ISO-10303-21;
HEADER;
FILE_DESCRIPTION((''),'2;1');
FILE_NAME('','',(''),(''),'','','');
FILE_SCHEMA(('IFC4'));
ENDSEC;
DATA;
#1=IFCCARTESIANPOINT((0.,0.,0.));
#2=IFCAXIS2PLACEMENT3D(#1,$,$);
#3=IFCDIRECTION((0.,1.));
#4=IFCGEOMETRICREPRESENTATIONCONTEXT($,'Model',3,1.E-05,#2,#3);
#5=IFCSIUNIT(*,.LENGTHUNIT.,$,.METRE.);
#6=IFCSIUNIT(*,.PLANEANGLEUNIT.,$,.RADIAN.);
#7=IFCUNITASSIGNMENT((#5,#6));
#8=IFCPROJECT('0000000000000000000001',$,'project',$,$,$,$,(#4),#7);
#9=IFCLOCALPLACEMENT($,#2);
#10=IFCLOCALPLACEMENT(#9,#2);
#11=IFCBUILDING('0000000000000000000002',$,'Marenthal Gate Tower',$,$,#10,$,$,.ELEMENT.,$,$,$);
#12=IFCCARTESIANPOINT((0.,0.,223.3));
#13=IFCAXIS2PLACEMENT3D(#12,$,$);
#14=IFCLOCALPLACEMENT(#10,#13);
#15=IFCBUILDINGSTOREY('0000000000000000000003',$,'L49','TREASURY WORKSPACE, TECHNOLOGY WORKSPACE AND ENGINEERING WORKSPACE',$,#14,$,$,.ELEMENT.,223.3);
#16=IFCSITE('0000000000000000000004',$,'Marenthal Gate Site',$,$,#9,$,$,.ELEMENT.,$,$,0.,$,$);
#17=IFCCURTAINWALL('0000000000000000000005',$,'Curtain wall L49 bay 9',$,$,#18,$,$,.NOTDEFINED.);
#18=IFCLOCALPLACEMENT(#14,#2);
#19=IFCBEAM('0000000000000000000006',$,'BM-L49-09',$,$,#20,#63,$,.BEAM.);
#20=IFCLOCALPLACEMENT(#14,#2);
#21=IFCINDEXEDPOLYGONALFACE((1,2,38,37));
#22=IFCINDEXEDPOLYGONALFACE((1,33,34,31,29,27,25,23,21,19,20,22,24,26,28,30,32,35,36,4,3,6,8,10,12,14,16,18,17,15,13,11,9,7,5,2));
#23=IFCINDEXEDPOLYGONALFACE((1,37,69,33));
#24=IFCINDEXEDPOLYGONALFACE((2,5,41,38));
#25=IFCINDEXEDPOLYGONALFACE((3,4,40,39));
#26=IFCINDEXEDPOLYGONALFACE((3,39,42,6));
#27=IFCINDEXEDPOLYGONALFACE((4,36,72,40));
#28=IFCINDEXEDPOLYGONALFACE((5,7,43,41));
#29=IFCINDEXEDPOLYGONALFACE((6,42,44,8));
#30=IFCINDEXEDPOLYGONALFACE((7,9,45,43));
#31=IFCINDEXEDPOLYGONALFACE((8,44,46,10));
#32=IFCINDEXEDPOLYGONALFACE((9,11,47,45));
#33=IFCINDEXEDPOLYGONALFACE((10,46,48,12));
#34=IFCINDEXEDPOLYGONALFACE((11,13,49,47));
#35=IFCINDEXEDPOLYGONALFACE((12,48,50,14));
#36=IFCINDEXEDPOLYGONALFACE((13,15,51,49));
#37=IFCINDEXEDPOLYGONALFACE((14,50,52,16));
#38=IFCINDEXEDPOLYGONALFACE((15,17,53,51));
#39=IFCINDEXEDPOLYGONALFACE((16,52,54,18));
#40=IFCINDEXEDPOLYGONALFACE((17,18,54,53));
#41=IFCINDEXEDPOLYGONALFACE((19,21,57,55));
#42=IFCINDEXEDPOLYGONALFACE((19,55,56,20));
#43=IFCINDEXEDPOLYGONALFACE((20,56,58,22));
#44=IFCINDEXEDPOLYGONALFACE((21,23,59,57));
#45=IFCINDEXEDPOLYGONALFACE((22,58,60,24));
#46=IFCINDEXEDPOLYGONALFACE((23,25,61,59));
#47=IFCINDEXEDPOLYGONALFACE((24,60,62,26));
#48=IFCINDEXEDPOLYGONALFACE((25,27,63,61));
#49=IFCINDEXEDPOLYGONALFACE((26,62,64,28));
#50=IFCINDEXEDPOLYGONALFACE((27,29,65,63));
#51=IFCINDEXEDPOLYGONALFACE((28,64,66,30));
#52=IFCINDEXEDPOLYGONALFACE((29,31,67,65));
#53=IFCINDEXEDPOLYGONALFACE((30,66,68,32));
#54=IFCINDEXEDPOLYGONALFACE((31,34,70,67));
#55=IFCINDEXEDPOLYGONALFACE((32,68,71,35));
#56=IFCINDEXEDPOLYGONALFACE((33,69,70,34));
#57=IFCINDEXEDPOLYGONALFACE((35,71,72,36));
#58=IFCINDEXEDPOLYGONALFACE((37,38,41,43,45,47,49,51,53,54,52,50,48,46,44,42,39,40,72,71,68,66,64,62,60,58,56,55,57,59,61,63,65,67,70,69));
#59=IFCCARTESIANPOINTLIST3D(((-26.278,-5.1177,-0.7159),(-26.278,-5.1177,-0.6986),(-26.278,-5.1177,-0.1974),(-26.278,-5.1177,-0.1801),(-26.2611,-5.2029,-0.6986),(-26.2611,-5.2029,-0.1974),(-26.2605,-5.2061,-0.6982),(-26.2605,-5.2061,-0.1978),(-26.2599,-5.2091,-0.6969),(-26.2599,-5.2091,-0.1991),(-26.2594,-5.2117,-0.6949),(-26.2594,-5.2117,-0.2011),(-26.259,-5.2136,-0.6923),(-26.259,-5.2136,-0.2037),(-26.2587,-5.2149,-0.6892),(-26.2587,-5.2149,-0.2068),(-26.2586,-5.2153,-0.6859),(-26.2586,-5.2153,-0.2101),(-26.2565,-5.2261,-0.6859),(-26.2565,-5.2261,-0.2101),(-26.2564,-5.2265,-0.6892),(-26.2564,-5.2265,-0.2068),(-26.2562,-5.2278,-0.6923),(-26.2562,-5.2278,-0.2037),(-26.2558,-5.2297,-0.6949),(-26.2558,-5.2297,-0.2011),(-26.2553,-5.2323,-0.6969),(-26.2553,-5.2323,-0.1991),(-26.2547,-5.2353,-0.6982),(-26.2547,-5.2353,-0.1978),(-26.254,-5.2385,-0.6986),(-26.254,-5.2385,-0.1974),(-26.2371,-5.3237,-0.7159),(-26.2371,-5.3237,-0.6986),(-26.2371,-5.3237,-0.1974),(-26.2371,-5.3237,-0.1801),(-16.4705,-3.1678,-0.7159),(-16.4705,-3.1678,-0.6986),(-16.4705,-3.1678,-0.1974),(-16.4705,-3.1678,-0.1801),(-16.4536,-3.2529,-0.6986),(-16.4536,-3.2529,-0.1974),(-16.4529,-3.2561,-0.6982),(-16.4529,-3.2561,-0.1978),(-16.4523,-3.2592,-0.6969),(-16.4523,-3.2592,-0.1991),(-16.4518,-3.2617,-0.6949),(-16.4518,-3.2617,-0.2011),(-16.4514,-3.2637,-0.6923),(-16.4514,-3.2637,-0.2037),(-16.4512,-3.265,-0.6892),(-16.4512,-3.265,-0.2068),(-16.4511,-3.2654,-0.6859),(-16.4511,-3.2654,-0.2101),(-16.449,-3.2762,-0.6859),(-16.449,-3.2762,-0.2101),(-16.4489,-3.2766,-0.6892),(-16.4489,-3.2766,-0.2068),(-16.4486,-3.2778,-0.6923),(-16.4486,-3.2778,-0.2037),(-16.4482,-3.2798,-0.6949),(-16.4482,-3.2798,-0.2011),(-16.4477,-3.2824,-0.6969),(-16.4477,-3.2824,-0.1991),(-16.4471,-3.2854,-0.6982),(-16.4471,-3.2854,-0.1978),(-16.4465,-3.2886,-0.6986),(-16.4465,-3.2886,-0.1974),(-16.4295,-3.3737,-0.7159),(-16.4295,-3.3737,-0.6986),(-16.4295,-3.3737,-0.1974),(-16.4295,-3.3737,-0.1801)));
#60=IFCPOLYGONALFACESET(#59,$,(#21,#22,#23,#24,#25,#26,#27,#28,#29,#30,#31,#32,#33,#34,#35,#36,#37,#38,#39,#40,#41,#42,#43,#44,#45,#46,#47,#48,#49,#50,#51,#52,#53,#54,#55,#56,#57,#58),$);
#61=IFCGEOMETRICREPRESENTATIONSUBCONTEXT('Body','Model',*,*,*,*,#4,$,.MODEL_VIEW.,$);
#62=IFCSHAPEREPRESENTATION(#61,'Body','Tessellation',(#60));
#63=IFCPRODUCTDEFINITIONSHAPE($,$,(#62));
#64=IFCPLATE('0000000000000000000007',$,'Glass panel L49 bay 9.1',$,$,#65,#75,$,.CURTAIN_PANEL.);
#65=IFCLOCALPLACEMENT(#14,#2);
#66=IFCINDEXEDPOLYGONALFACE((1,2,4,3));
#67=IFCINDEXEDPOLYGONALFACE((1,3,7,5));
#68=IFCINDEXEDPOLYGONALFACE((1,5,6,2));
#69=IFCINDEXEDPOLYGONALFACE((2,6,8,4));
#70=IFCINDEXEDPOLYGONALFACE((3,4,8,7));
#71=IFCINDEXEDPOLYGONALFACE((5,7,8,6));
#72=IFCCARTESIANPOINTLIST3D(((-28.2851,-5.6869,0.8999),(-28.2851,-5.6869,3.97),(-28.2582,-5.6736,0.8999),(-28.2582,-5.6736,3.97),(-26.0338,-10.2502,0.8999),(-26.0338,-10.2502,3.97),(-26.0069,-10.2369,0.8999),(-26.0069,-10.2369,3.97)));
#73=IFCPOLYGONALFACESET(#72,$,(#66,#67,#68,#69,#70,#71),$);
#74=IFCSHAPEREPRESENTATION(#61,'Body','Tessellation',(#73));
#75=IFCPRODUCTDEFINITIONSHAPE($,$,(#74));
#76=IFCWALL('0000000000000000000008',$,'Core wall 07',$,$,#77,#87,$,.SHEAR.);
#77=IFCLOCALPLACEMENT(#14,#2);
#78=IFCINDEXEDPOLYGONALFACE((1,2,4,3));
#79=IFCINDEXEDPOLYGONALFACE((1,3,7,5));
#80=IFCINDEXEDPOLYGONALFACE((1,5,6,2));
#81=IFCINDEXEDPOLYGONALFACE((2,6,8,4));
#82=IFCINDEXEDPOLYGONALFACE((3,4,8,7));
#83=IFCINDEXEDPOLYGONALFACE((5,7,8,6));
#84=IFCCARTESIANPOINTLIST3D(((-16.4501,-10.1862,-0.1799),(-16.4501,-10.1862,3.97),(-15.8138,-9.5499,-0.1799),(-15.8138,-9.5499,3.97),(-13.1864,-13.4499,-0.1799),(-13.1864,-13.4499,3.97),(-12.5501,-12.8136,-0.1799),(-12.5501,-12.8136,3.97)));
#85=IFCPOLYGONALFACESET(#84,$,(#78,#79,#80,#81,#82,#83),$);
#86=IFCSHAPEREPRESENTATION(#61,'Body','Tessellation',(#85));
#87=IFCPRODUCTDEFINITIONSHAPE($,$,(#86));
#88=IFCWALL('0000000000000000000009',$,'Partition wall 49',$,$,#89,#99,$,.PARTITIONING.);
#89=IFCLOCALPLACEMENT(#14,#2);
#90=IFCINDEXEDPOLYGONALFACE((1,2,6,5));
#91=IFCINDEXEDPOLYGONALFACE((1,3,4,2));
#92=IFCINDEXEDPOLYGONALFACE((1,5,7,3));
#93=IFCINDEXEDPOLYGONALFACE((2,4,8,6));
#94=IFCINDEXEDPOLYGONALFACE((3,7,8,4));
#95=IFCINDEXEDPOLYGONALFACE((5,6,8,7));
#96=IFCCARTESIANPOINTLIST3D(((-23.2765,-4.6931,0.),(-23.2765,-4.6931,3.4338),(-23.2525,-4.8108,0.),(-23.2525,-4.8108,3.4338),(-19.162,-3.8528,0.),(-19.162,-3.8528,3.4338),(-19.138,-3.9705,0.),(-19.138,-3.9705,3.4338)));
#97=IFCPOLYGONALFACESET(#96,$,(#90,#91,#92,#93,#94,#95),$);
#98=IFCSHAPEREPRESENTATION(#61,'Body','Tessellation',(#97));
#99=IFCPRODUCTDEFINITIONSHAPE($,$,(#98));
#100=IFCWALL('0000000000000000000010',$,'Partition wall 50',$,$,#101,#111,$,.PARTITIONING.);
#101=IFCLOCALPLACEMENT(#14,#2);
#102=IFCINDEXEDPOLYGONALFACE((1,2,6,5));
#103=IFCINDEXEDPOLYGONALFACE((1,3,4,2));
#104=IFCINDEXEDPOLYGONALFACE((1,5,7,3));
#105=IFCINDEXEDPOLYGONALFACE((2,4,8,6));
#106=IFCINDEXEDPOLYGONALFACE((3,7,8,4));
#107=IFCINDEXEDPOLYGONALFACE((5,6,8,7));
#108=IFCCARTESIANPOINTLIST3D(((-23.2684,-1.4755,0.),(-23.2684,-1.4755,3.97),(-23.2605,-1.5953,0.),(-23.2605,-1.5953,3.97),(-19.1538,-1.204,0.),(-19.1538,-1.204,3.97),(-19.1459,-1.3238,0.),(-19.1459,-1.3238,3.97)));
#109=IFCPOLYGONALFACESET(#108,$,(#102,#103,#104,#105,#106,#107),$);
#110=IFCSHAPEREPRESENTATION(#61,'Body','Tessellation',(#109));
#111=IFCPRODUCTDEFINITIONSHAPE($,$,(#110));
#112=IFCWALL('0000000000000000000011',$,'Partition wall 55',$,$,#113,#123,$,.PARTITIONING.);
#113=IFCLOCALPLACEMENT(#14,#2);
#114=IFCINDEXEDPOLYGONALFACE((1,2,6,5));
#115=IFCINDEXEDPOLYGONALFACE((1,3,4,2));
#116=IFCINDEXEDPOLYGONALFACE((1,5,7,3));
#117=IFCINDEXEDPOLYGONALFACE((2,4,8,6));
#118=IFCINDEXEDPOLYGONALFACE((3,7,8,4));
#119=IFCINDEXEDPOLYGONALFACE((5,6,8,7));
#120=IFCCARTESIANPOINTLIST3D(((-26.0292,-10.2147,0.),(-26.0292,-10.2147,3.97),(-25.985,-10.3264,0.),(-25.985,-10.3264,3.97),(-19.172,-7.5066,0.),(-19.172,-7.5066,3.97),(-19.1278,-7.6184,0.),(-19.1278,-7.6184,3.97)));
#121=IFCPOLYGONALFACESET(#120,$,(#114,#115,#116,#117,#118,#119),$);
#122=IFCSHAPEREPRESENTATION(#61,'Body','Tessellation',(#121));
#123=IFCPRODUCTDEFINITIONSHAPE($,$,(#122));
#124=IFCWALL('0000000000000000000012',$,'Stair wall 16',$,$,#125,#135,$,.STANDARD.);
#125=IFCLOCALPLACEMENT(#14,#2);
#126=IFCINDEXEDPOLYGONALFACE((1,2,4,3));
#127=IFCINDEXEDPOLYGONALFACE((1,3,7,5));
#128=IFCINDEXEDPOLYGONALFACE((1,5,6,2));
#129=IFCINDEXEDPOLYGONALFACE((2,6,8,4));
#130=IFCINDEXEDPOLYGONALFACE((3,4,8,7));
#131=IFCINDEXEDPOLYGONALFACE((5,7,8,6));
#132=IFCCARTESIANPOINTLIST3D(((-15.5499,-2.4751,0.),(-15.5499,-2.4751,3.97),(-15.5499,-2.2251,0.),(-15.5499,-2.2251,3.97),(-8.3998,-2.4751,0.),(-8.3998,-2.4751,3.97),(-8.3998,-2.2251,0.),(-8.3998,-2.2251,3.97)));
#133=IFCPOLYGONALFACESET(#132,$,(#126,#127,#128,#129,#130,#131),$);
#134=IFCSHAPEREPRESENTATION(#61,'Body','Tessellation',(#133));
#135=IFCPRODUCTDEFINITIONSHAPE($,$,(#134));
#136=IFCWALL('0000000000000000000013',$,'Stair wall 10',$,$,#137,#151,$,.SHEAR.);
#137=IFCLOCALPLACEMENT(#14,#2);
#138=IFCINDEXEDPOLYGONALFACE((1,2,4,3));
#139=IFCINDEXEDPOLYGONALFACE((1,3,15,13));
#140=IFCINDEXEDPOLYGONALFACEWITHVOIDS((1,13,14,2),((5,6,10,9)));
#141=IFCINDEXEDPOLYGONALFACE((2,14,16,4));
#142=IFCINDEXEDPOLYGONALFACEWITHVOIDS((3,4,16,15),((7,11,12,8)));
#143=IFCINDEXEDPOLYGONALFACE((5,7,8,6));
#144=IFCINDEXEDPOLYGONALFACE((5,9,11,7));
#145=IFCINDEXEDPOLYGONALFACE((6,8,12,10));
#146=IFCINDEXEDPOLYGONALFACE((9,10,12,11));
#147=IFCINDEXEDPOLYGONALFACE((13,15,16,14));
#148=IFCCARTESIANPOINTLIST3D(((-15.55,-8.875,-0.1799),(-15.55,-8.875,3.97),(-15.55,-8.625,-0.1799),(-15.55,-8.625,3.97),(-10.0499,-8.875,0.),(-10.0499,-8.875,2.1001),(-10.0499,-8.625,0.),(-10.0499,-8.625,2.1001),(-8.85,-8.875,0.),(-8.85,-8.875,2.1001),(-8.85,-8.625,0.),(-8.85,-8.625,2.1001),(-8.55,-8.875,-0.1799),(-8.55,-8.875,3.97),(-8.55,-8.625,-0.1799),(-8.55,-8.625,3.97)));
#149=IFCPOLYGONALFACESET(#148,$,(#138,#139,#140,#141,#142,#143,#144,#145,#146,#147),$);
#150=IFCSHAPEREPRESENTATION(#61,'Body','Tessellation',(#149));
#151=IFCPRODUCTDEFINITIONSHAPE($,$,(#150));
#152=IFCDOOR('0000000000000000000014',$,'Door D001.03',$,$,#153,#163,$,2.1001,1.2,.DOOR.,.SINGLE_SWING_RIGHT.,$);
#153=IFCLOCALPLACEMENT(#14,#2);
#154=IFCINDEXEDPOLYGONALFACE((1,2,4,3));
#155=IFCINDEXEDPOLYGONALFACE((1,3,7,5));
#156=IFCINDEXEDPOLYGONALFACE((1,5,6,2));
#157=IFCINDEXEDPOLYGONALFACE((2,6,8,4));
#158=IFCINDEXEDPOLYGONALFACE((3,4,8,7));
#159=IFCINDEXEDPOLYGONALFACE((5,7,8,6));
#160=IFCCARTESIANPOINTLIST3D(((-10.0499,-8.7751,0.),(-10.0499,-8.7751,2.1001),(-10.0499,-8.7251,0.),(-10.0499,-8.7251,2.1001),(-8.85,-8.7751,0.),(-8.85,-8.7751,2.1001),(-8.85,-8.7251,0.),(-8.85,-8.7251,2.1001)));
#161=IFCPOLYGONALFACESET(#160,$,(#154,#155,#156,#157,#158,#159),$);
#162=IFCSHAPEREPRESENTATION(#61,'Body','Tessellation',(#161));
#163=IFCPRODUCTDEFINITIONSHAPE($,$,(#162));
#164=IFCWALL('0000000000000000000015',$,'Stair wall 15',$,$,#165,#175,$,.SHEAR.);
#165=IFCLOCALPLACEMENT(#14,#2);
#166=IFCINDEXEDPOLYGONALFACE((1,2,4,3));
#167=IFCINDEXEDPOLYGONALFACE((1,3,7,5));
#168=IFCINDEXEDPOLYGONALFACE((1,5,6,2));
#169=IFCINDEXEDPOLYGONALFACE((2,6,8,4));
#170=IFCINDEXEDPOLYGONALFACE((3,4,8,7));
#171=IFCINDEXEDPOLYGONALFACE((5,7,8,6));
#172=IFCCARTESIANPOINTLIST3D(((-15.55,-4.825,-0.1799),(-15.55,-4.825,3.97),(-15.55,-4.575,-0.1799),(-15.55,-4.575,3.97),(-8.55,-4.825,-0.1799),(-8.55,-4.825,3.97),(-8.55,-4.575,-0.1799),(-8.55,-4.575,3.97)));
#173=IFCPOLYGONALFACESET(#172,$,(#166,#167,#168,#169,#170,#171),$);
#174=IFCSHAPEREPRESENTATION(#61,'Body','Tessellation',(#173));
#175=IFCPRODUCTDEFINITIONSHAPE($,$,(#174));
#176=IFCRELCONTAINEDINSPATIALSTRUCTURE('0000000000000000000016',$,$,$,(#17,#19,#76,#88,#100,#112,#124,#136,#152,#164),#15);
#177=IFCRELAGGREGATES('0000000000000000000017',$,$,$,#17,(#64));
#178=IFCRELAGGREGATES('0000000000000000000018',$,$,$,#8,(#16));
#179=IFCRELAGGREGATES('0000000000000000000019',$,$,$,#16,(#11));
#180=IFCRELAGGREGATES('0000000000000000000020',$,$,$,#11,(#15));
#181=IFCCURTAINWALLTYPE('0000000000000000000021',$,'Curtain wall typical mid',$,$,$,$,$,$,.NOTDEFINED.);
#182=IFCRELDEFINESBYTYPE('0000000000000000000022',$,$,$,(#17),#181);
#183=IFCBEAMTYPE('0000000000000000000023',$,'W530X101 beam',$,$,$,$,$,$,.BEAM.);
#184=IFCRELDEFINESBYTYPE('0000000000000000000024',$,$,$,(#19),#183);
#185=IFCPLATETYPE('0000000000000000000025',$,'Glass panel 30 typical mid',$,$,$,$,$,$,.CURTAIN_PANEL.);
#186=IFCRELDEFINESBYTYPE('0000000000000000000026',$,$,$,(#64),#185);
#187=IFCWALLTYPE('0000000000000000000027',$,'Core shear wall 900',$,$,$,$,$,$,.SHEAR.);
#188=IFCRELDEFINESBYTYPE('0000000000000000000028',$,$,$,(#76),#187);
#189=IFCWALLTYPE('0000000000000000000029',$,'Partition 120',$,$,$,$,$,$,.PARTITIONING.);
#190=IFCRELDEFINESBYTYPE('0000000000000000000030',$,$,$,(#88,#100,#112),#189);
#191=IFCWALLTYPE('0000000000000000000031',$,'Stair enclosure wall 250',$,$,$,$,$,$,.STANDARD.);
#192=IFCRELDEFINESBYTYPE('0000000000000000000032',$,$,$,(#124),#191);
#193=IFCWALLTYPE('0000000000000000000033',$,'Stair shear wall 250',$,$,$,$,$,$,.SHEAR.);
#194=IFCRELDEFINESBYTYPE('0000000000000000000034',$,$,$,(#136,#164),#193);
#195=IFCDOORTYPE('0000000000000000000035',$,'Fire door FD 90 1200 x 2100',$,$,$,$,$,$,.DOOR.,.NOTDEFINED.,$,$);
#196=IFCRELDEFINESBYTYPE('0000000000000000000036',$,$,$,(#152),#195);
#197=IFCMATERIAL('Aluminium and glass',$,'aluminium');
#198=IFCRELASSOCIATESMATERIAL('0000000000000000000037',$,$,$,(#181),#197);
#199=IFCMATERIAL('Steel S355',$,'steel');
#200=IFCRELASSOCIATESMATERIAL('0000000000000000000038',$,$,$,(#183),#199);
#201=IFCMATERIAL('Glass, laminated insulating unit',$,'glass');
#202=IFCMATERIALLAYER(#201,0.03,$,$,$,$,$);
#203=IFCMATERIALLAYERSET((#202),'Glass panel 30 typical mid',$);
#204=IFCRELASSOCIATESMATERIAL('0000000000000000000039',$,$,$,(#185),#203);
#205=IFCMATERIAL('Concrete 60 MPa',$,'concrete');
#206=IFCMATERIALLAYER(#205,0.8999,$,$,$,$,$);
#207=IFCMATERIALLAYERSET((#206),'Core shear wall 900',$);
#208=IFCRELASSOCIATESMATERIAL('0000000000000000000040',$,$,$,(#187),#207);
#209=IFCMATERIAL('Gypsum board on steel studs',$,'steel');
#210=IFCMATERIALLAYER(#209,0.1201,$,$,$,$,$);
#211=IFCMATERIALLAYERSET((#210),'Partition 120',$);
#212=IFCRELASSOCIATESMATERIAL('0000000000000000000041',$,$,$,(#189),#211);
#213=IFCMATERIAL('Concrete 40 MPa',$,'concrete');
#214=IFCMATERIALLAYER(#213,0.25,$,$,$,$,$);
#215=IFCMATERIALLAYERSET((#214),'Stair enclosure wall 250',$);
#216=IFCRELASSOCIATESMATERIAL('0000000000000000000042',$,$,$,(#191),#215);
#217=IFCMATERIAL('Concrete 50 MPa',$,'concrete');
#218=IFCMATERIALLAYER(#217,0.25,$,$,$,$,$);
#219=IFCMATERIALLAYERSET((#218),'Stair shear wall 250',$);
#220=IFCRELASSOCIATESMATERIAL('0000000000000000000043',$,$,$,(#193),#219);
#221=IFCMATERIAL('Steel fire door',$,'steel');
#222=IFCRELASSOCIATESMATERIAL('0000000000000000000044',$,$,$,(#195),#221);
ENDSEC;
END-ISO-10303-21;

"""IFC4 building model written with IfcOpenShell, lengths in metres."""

from ifc_helpers import new_model, si_unit, direction, frame, frame_2d, origin, origin_2d, place, context, subcontext, project, spatial, rectangle, i_section, extrude, material, layer, layer_set, material_profile, profile_set, type_object, element, fill, aggregate, save


model = new_model("IFC4")

# Units and contexts
model_context = context("Model", 3, precision=1e-05, world=origin(), true_north=direction((0.0, 1.0)))
body_context = subcontext(model_context, "Body", "Model", "MODEL_VIEW")
ifc_project = project(units=[si_unit("LENGTHUNIT", "METRE"), si_unit("PLANEANGLEUNIT", "RADIAN")], contexts=[model_context])

# Site, building, storey
site_placement = place(None, origin())
site = spatial("IfcSite", under=ifc_project, at=site_placement, Name="Marenthal Gate Site", CompositionType="ELEMENT", RefElevation=0.0)
building_placement = place(site_placement, origin())
building = spatial("IfcBuilding", under=site, at=building_placement, Name="Marenthal Gate Tower", CompositionType="ELEMENT")
storey_placement = place(building_placement, frame((0.0, 0.0, 223.3)))
storey = spatial("IfcBuildingStorey", under=building, at=storey_placement, Name="L49", Description="TREASURY WORKSPACE, TECHNOLOGY WORKSPACE AND ENGINEERING WORKSPACE", CompositionType="ELEMENT", Elevation=223.3)

# Curtain wall
ifc_material_1 = material(Name="Aluminium and glass", Category="aluminium")
curtain_wall_type = type_object("IfcCurtainWallType", Name="Curtain wall typical mid", PredefinedType="NOTDEFINED", material=ifc_material_1)
curtain_wall_placement = place(storey_placement, origin())
curtain_wall = element("IfcCurtainWall", 1, at=curtain_wall_placement, inside=storey, type_object=curtain_wall_type, Name="Curtain wall L49 bay 9", PredefinedType="NOTDEFINED")

# Beam
ifc_material_2 = material(Name="Steel S355", Category="steel")
ifc_material_profile_1 = material_profile(ifc_material_2, i_section(OverallWidth=0.21, OverallDepth=0.5359, WebThickness=0.011, FlangeThickness=0.0173, FilletRadius=0.0127, at=origin_2d()), Name="W530X101")
ifc_profile_set_1 = profile_set([ifc_material_profile_1], Name="Steel S355")
beam_type_1 = type_object("IfcBeamType", Name="W530X101 beam", PredefinedType="BEAM", material=ifc_profile_set_1)
beam_1_placement = place(storey_placement, frame((-26.2576, -5.2207, -0.448), z_axis=(0.980803, 0.195003, 0.0), x_axis=(-0.195003, 0.980803, 0.0)))
element("IfcBeam", 2, at=beam_1_placement, inside=storey, type_object=beam_type_1, Name="BM-L49-09", PredefinedType="BEAM", context=body_context, shape_type="SweptSolid", body=[
    extrude(i_section(OverallWidth=0.21, OverallDepth=0.5359, WebThickness=0.011, FlangeThickness=0.0173, FilletRadius=0.0127, at=origin_2d()), origin(), (0.0, 0.0, 1.0), 9.9995),
])

# Plate
ifc_material_3 = material(Name="Glass, laminated insulating unit", Category="glass")
ifc_layer_1 = layer(ifc_material_3, 0.03)
ifc_layer_set_1 = layer_set([ifc_layer_1], Name="Glass panel 30 typical mid")
plate_type = type_object("IfcPlateType", Name="Glass panel 30 typical mid", PredefinedType="CURTAIN_PANEL", material=ifc_layer_set_1)
plate_placement = place(storey_placement, frame((-27.146, -7.9619, 0.8999), z_axis=(0.0, 0.0, 1.0), x_axis=(0.442441, -0.896798, 0.0)))
plate = element("IfcPlate", 3, at=plate_placement, type_object=plate_type, Name="Glass panel L49 bay 9.1", PredefinedType="CURTAIN_PANEL", context=body_context, shape_type="SweptSolid", body=[
    extrude(rectangle(XDim=5.0884, YDim=0.03, at=origin_2d()), origin(), (0.0, 0.0, 1.0), 3.0701),
])
aggregate(curtain_wall, [plate])

# Walls
ifc_material_4 = material(Name="Concrete 60 MPa", Category="concrete")
ifc_layer_2 = layer(ifc_material_4, 0.8999)
ifc_layer_set_2 = layer_set([ifc_layer_2], Name="Core shear wall 900")
wall_type_1 = type_object("IfcWallType", Name="Core shear wall 900", PredefinedType="SHEAR", material=ifc_layer_set_2)
wall_1_placement = place(storey_placement, frame((-16.1318, -9.8682, -0.1799), z_axis=(0.0, 0.0, 1.0), x_axis=(0.707107, -0.707107, 0.0)))
element("IfcWall", 4, at=wall_1_placement, inside=storey, type_object=wall_type_1, Name="Core wall 07", PredefinedType="SHEAR", context=body_context, shape_type="SweptSolid", body=[
    extrude(rectangle(XDim=4.6155, YDim=0.8999, at=frame_2d((2.3076, 0.0))), origin(), (0.0, 0.0, 1.0), 4.1499),
])
ifc_material_5 = material(Name="Gypsum board on steel studs", Category="steel")
ifc_layer_3 = layer(ifc_material_5, 0.1201)
ifc_layer_set_3 = layer_set([ifc_layer_3], Name="Partition 120")
wall_type_2 = type_object("IfcWallType", Name="Partition 120", PredefinedType="PARTITIONING", material=ifc_layer_set_3)
wall_2_placement = place(storey_placement, frame((-23.2644, -4.752, 0.0), z_axis=(0.0, 0.0, 1.0), x_axis=(0.979774, 0.200106, 0.0)))
element("IfcWall", 5, at=wall_2_placement, inside=storey, type_object=wall_type_2, Name="Partition wall 49", PredefinedType="PARTITIONING", context=body_context, shape_type="SweptSolid", body=[
    extrude(rectangle(XDim=4.1995, YDim=0.1201, at=frame_2d((2.0996, 0.0))), origin(), (0.0, 0.0, 1.0), 3.4338),
])
wall_3_placement = place(storey_placement, frame((-23.2644, -1.5354, 0.0), z_axis=(0.0, 0.0, 1.0), x_axis=(0.99783, 0.065839, 0.0)))
element("IfcWall", 6, at=wall_3_placement, inside=storey, type_object=wall_type_2, Name="Partition wall 50", PredefinedType="PARTITIONING", context=body_context, shape_type="SweptSolid", body=[
    extrude(rectangle(XDim=4.1235, YDim=0.1201, at=frame_2d((2.0618, 0.0))), origin(), (0.0, 0.0, 1.0), 3.97),
])
wall_4_placement = place(storey_placement, frame((-19.1499, -7.5625, 0.0), z_axis=(0.0, 0.0, 1.0), x_axis=(-0.930098, -0.367311, 0.0)))
element("IfcWall", 7, at=wall_4_placement, inside=storey, type_object=wall_type_2, Name="Partition wall 55", PredefinedType="PARTITIONING", context=body_context, shape_type="SweptSolid", body=[
    extrude(rectangle(XDim=7.3726, YDim=0.1201, at=frame_2d((3.6863, 0.0))), origin(), (0.0, 0.0, 1.0), 3.97),
])
ifc_material_6 = material(Name="Concrete 40 MPa", Category="concrete")
ifc_layer_4 = layer(ifc_material_6, 0.25)
ifc_layer_set_4 = layer_set([ifc_layer_4], Name="Stair enclosure wall 250")
wall_type_3 = type_object("IfcWallType", Name="Stair enclosure wall 250", PredefinedType="STANDARD", material=ifc_layer_set_4)
wall_5_placement = place(storey_placement, frame((-15.55, -2.3501, 0.0), z_axis=(0.0, 0.0, 1.0), x_axis=(1.0, 0.0, 0.0)))
element("IfcWall", 8, at=wall_5_placement, inside=storey, type_object=wall_type_3, Name="Stair wall 16", PredefinedType="STANDARD", context=body_context, shape_type="SweptSolid", body=[
    extrude(rectangle(XDim=7.1501, YDim=0.25, at=frame_2d((3.5752, 0.0))), origin(), (0.0, 0.0, 1.0), 3.97),
])

# Wall, opening, door
ifc_material_7 = material(Name="Concrete 50 MPa", Category="concrete")
ifc_layer_5 = layer(ifc_material_7, 0.25)
ifc_layer_set_5 = layer_set([ifc_layer_5], Name="Stair shear wall 250")
wall_type_4 = type_object("IfcWallType", Name="Stair shear wall 250", PredefinedType="SHEAR", material=ifc_layer_set_5)
wall_6_placement = place(storey_placement, frame((-15.55, -8.75, -0.1799), z_axis=(0.0, 0.0, 1.0), x_axis=(1.0, 0.0, 0.0)))
wall_6 = element("IfcWall", 9, at=wall_6_placement, inside=storey, type_object=wall_type_4, Name="Stair wall 10", PredefinedType="SHEAR", context=body_context, shape_type="SweptSolid", body=[
    extrude(rectangle(XDim=7.0, YDim=0.25, at=frame_2d((3.5, 0.0))), origin(), (0.0, 0.0, 1.0), 4.1499),
])
opening_placement = place(wall_6_placement, frame((5.5, 0.0, 0.1799)))
opening = element("IfcOpeningElement", 10, at=opening_placement, cuts=wall_6, PredefinedType="OPENING", context=body_context, shape_type="SweptSolid", body=[
    extrude(rectangle(XDim=1.2, YDim=2.1001, at=frame_2d((0.6001, 1.05))), frame((0.0, 0.135, 0.0), z_axis=(0.0, -1.0, 0.0), x_axis=(1.0, 0.0, 0.0)), (0.0, 0.0, 1.0), 0.27),
])
ifc_material_8 = material(Name="Steel fire door", Category="steel")
door_type = type_object("IfcDoorType", Name="Fire door FD 90 1200 x 2100", OperationType="NOTDEFINED", PredefinedType="DOOR", material=ifc_material_8)
door_placement = place(opening_placement, origin())
door = element("IfcDoor", 11, at=door_placement, inside=storey, type_object=door_type, Name="Door D001.03", OperationType="SINGLE_SWING_RIGHT", OverallHeight=2.1001, OverallWidth=1.2, PredefinedType="DOOR", context=body_context, shape_type="SweptSolid", body=[
    extrude(rectangle(XDim=1.2, YDim=2.1001, at=frame_2d((0.6001, 1.05))), frame((0.0, 0.0249, 0.0), z_axis=(0.0, -1.0, 0.0), x_axis=(1.0, 0.0, 0.0)), (0.0, 0.0, 1.0), 0.05),
])
fill(opening, door)

# Wall
wall_7_placement = place(storey_placement, frame((-15.55, -4.7, -0.1799), z_axis=(0.0, 0.0, 1.0), x_axis=(1.0, 0.0, 0.0)))
element("IfcWall", 12, at=wall_7_placement, inside=storey, type_object=wall_type_4, Name="Stair wall 15", PredefinedType="SHEAR", context=body_context, shape_type="SweptSolid", body=[
    extrude(rectangle(XDim=7.0, YDim=0.25, at=frame_2d((3.5, 0.0))), origin(), (0.0, 0.0, 1.0), 4.1499),
])

save(model, "model.ifc")
